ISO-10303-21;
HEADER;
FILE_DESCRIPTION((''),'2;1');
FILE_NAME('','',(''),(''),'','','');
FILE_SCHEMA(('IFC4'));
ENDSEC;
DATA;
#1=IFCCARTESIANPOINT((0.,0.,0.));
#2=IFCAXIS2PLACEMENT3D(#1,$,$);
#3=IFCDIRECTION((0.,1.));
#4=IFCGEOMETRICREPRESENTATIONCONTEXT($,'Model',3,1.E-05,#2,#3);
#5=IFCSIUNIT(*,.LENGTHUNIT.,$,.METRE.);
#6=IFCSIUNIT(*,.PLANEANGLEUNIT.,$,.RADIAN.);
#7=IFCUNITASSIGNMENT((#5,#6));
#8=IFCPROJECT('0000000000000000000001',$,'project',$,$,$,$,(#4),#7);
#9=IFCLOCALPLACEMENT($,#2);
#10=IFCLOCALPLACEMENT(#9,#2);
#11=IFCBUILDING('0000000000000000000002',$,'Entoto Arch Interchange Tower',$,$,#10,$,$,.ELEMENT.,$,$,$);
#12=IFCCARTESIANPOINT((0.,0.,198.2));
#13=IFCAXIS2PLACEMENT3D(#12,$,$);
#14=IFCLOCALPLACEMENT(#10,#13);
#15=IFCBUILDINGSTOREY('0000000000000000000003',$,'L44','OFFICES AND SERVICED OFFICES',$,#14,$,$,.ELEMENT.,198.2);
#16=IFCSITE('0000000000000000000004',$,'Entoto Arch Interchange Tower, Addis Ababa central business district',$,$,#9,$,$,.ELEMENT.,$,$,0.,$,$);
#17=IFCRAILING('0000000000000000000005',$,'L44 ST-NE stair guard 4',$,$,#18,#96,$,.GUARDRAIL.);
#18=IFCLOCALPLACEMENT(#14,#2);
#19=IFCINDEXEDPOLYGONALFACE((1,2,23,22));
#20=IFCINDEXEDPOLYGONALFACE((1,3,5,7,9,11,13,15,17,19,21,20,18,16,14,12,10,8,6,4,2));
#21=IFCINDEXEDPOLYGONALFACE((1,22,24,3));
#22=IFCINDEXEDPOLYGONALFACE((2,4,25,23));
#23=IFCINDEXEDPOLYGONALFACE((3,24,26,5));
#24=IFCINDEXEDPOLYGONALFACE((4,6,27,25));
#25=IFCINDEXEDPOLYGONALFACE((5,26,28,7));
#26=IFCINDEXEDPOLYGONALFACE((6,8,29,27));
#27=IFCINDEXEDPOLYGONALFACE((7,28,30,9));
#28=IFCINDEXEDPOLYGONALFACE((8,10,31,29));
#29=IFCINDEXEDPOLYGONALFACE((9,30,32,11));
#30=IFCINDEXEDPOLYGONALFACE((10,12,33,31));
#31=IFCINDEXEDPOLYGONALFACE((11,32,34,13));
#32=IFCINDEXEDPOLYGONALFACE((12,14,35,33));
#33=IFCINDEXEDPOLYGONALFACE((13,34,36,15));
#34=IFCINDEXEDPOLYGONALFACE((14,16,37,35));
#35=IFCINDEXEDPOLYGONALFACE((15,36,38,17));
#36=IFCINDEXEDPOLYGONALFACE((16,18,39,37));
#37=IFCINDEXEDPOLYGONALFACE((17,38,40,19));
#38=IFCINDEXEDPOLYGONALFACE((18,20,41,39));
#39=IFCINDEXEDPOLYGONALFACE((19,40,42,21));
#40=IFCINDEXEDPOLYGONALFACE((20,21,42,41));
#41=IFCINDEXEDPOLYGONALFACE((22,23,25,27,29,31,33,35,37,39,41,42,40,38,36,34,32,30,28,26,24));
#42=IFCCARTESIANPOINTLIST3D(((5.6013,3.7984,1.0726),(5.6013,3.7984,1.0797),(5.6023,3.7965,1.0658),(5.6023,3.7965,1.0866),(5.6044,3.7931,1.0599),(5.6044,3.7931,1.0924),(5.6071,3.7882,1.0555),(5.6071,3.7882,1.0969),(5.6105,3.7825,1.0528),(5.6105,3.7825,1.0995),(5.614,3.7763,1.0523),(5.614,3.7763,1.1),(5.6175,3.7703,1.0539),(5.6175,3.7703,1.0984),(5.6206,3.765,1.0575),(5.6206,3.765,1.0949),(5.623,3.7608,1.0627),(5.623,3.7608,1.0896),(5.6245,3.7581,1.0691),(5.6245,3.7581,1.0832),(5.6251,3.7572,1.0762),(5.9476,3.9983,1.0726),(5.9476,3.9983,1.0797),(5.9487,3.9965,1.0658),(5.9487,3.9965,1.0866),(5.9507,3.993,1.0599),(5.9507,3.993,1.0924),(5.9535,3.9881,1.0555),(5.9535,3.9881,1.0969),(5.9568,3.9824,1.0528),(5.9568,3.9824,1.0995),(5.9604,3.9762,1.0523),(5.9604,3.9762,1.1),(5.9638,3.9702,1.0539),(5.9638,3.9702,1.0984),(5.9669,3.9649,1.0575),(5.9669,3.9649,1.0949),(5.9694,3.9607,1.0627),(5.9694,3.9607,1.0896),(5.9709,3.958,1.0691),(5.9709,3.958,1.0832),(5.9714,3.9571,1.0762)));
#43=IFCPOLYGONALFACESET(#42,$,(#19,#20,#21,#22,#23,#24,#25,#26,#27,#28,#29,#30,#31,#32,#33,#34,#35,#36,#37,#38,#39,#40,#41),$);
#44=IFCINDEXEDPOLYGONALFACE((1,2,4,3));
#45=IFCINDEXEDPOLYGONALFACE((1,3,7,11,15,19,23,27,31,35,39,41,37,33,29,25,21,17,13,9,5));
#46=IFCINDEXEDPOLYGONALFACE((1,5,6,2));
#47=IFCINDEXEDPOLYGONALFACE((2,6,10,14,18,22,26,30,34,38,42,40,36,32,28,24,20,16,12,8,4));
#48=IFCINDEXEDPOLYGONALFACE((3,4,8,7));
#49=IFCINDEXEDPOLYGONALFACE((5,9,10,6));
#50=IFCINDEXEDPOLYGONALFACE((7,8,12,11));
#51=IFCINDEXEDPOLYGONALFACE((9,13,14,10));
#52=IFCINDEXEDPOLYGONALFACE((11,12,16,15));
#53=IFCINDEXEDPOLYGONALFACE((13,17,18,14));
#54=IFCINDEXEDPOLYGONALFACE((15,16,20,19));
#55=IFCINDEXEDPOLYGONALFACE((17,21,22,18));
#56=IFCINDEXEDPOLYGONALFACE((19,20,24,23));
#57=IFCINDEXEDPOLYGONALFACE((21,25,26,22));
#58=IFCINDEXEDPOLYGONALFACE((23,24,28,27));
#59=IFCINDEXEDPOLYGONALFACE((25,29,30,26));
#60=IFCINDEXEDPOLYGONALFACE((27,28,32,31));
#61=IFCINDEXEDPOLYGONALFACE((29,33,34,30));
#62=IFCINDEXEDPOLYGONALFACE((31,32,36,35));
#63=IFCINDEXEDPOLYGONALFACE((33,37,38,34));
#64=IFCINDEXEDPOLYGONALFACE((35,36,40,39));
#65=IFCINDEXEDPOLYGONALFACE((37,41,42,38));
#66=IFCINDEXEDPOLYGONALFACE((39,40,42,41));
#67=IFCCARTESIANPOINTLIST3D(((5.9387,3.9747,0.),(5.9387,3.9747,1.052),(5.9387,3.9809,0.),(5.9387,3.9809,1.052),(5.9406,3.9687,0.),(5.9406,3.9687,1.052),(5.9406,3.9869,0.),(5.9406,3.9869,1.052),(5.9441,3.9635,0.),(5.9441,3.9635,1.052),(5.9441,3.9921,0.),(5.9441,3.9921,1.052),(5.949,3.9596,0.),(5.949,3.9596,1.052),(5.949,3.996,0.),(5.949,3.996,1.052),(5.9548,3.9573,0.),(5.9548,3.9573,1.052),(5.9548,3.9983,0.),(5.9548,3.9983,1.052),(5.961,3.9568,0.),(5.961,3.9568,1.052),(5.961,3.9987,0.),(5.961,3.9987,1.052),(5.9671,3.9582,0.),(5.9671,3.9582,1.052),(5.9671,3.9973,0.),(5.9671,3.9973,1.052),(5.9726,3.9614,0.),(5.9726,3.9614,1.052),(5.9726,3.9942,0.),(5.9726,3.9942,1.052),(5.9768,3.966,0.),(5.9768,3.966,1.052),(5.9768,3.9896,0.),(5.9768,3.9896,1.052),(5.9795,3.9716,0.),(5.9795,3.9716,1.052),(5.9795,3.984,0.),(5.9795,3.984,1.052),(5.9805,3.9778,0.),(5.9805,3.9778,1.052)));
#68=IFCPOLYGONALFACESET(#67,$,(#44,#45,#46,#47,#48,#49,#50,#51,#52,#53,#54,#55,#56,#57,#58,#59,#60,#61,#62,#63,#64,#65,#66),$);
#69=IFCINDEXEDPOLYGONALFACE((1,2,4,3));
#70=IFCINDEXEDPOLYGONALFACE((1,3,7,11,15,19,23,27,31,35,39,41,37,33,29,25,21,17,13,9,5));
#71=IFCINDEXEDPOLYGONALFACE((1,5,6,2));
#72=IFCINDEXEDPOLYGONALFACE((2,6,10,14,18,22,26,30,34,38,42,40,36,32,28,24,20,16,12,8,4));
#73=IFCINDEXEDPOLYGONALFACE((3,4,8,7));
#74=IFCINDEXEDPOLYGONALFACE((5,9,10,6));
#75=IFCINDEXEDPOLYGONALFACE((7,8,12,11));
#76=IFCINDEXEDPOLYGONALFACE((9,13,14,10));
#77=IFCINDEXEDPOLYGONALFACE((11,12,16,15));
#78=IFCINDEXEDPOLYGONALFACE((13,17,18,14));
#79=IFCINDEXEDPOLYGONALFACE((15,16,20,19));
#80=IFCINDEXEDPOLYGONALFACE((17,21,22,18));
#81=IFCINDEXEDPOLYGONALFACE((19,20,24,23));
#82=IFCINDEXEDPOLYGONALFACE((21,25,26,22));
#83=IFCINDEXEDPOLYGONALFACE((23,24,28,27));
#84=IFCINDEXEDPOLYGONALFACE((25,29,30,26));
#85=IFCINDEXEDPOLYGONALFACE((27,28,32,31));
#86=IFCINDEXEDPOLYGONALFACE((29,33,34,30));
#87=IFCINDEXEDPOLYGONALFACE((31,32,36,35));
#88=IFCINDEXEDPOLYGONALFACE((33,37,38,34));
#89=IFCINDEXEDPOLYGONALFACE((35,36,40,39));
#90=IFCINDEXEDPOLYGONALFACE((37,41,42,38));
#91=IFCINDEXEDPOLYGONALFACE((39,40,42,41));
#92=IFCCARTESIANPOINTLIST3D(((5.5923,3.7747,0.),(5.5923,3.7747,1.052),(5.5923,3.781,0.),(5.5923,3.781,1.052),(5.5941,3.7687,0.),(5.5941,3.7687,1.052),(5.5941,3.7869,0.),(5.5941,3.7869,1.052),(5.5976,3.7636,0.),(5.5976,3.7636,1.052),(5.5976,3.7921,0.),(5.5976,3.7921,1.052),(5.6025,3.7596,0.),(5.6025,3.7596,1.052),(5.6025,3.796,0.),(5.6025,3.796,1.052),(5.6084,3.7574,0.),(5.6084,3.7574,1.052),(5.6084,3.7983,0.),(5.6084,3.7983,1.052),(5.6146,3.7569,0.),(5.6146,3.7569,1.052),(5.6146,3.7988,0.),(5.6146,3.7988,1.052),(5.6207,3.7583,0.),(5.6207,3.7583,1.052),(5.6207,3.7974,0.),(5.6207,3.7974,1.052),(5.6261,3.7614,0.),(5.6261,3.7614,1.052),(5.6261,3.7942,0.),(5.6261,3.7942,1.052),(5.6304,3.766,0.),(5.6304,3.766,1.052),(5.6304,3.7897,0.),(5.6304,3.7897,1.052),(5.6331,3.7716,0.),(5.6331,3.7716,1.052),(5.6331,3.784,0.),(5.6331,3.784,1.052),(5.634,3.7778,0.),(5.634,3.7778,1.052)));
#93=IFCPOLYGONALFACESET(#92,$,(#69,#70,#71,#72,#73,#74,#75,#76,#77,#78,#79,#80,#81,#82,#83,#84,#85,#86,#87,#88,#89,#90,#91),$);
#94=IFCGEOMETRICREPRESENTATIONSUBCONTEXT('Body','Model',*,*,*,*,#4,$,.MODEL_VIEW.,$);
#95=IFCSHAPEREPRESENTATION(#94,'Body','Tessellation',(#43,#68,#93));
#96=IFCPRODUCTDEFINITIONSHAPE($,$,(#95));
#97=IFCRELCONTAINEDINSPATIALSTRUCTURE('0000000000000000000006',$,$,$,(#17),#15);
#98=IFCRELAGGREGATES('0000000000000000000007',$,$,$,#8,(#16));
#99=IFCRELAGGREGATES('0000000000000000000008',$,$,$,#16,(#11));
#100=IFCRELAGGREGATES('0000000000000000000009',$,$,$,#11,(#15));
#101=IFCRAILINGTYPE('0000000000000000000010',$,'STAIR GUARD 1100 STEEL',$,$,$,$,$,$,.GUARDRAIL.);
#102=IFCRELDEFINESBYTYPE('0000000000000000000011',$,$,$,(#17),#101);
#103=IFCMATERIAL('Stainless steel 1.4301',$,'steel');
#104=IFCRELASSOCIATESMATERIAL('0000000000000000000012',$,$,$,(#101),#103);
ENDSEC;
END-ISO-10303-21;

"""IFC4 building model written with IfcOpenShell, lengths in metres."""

from ifc_helpers import new_model, si_unit, direction, frame, origin, origin_2d, place, context, subcontext, project, spatial, circle, extrude, material, type_object, element, save


model = new_model("IFC4")

# Units and contexts
model_context = context("Model", 3, precision=1e-05, world=origin(), true_north=direction((0.0, 1.0)))
body_context = subcontext(model_context, "Body", "Model", "MODEL_VIEW")
ifc_project = project(units=[si_unit("LENGTHUNIT", "METRE"), si_unit("PLANEANGLEUNIT", "RADIAN")], contexts=[model_context])

# Site, building, storey
site_placement = place(None, origin())
site = spatial("IfcSite", under=ifc_project, at=site_placement, Name="Entoto Arch Interchange Tower, Addis Ababa central business district", CompositionType="ELEMENT", RefElevation=0.0)
building_placement = place(site_placement, origin())
building = spatial("IfcBuilding", under=site, at=building_placement, Name="Entoto Arch Interchange Tower", CompositionType="ELEMENT")
storey_placement = place(building_placement, frame((0.0, 0.0, 198.2)))
storey = spatial("IfcBuildingStorey", under=building, at=storey_placement, Name="L44", Description="OFFICES AND SERVICED OFFICES", CompositionType="ELEMENT", Elevation=198.2)

# Railing
ifc_material_1 = material(Name="Stainless steel 1.4301", Category="steel")
railing_type_1 = type_object("IfcRailingType", Name="STAIR GUARD 1100 STEEL", PredefinedType="GUARDRAIL", material=ifc_material_1)
railing_1_placement = place(storey_placement, frame((5.9595, 3.9778, 0.0)))
element("IfcRailing", 1, at=railing_1_placement, inside=storey, type_object=railing_type_1, Name="L44 ST-NE stair guard 4", PredefinedType="GUARDRAIL", context=body_context, shape_type="SweptSolid", body=[
    extrude(circle(Radius=0.0239, at=origin_2d()), frame((0.0, 0.0, 1.0762), z_axis=(-0.866094, -0.499881, 0.0), x_axis=(0.499881, -0.866094, 0.0)), (0.0, 0.0, 1.0), 0.3999),
    extrude(circle(Radius=0.021, at=origin_2d()), origin(), (0.0, 0.0, 1.0), 1.052),
    extrude(circle(Radius=0.021, at=origin_2d()), frame((-0.3464, -0.2, 0.0)), (0.0, 0.0, 1.0), 1.052),
])

save(model, "model.ifc")
